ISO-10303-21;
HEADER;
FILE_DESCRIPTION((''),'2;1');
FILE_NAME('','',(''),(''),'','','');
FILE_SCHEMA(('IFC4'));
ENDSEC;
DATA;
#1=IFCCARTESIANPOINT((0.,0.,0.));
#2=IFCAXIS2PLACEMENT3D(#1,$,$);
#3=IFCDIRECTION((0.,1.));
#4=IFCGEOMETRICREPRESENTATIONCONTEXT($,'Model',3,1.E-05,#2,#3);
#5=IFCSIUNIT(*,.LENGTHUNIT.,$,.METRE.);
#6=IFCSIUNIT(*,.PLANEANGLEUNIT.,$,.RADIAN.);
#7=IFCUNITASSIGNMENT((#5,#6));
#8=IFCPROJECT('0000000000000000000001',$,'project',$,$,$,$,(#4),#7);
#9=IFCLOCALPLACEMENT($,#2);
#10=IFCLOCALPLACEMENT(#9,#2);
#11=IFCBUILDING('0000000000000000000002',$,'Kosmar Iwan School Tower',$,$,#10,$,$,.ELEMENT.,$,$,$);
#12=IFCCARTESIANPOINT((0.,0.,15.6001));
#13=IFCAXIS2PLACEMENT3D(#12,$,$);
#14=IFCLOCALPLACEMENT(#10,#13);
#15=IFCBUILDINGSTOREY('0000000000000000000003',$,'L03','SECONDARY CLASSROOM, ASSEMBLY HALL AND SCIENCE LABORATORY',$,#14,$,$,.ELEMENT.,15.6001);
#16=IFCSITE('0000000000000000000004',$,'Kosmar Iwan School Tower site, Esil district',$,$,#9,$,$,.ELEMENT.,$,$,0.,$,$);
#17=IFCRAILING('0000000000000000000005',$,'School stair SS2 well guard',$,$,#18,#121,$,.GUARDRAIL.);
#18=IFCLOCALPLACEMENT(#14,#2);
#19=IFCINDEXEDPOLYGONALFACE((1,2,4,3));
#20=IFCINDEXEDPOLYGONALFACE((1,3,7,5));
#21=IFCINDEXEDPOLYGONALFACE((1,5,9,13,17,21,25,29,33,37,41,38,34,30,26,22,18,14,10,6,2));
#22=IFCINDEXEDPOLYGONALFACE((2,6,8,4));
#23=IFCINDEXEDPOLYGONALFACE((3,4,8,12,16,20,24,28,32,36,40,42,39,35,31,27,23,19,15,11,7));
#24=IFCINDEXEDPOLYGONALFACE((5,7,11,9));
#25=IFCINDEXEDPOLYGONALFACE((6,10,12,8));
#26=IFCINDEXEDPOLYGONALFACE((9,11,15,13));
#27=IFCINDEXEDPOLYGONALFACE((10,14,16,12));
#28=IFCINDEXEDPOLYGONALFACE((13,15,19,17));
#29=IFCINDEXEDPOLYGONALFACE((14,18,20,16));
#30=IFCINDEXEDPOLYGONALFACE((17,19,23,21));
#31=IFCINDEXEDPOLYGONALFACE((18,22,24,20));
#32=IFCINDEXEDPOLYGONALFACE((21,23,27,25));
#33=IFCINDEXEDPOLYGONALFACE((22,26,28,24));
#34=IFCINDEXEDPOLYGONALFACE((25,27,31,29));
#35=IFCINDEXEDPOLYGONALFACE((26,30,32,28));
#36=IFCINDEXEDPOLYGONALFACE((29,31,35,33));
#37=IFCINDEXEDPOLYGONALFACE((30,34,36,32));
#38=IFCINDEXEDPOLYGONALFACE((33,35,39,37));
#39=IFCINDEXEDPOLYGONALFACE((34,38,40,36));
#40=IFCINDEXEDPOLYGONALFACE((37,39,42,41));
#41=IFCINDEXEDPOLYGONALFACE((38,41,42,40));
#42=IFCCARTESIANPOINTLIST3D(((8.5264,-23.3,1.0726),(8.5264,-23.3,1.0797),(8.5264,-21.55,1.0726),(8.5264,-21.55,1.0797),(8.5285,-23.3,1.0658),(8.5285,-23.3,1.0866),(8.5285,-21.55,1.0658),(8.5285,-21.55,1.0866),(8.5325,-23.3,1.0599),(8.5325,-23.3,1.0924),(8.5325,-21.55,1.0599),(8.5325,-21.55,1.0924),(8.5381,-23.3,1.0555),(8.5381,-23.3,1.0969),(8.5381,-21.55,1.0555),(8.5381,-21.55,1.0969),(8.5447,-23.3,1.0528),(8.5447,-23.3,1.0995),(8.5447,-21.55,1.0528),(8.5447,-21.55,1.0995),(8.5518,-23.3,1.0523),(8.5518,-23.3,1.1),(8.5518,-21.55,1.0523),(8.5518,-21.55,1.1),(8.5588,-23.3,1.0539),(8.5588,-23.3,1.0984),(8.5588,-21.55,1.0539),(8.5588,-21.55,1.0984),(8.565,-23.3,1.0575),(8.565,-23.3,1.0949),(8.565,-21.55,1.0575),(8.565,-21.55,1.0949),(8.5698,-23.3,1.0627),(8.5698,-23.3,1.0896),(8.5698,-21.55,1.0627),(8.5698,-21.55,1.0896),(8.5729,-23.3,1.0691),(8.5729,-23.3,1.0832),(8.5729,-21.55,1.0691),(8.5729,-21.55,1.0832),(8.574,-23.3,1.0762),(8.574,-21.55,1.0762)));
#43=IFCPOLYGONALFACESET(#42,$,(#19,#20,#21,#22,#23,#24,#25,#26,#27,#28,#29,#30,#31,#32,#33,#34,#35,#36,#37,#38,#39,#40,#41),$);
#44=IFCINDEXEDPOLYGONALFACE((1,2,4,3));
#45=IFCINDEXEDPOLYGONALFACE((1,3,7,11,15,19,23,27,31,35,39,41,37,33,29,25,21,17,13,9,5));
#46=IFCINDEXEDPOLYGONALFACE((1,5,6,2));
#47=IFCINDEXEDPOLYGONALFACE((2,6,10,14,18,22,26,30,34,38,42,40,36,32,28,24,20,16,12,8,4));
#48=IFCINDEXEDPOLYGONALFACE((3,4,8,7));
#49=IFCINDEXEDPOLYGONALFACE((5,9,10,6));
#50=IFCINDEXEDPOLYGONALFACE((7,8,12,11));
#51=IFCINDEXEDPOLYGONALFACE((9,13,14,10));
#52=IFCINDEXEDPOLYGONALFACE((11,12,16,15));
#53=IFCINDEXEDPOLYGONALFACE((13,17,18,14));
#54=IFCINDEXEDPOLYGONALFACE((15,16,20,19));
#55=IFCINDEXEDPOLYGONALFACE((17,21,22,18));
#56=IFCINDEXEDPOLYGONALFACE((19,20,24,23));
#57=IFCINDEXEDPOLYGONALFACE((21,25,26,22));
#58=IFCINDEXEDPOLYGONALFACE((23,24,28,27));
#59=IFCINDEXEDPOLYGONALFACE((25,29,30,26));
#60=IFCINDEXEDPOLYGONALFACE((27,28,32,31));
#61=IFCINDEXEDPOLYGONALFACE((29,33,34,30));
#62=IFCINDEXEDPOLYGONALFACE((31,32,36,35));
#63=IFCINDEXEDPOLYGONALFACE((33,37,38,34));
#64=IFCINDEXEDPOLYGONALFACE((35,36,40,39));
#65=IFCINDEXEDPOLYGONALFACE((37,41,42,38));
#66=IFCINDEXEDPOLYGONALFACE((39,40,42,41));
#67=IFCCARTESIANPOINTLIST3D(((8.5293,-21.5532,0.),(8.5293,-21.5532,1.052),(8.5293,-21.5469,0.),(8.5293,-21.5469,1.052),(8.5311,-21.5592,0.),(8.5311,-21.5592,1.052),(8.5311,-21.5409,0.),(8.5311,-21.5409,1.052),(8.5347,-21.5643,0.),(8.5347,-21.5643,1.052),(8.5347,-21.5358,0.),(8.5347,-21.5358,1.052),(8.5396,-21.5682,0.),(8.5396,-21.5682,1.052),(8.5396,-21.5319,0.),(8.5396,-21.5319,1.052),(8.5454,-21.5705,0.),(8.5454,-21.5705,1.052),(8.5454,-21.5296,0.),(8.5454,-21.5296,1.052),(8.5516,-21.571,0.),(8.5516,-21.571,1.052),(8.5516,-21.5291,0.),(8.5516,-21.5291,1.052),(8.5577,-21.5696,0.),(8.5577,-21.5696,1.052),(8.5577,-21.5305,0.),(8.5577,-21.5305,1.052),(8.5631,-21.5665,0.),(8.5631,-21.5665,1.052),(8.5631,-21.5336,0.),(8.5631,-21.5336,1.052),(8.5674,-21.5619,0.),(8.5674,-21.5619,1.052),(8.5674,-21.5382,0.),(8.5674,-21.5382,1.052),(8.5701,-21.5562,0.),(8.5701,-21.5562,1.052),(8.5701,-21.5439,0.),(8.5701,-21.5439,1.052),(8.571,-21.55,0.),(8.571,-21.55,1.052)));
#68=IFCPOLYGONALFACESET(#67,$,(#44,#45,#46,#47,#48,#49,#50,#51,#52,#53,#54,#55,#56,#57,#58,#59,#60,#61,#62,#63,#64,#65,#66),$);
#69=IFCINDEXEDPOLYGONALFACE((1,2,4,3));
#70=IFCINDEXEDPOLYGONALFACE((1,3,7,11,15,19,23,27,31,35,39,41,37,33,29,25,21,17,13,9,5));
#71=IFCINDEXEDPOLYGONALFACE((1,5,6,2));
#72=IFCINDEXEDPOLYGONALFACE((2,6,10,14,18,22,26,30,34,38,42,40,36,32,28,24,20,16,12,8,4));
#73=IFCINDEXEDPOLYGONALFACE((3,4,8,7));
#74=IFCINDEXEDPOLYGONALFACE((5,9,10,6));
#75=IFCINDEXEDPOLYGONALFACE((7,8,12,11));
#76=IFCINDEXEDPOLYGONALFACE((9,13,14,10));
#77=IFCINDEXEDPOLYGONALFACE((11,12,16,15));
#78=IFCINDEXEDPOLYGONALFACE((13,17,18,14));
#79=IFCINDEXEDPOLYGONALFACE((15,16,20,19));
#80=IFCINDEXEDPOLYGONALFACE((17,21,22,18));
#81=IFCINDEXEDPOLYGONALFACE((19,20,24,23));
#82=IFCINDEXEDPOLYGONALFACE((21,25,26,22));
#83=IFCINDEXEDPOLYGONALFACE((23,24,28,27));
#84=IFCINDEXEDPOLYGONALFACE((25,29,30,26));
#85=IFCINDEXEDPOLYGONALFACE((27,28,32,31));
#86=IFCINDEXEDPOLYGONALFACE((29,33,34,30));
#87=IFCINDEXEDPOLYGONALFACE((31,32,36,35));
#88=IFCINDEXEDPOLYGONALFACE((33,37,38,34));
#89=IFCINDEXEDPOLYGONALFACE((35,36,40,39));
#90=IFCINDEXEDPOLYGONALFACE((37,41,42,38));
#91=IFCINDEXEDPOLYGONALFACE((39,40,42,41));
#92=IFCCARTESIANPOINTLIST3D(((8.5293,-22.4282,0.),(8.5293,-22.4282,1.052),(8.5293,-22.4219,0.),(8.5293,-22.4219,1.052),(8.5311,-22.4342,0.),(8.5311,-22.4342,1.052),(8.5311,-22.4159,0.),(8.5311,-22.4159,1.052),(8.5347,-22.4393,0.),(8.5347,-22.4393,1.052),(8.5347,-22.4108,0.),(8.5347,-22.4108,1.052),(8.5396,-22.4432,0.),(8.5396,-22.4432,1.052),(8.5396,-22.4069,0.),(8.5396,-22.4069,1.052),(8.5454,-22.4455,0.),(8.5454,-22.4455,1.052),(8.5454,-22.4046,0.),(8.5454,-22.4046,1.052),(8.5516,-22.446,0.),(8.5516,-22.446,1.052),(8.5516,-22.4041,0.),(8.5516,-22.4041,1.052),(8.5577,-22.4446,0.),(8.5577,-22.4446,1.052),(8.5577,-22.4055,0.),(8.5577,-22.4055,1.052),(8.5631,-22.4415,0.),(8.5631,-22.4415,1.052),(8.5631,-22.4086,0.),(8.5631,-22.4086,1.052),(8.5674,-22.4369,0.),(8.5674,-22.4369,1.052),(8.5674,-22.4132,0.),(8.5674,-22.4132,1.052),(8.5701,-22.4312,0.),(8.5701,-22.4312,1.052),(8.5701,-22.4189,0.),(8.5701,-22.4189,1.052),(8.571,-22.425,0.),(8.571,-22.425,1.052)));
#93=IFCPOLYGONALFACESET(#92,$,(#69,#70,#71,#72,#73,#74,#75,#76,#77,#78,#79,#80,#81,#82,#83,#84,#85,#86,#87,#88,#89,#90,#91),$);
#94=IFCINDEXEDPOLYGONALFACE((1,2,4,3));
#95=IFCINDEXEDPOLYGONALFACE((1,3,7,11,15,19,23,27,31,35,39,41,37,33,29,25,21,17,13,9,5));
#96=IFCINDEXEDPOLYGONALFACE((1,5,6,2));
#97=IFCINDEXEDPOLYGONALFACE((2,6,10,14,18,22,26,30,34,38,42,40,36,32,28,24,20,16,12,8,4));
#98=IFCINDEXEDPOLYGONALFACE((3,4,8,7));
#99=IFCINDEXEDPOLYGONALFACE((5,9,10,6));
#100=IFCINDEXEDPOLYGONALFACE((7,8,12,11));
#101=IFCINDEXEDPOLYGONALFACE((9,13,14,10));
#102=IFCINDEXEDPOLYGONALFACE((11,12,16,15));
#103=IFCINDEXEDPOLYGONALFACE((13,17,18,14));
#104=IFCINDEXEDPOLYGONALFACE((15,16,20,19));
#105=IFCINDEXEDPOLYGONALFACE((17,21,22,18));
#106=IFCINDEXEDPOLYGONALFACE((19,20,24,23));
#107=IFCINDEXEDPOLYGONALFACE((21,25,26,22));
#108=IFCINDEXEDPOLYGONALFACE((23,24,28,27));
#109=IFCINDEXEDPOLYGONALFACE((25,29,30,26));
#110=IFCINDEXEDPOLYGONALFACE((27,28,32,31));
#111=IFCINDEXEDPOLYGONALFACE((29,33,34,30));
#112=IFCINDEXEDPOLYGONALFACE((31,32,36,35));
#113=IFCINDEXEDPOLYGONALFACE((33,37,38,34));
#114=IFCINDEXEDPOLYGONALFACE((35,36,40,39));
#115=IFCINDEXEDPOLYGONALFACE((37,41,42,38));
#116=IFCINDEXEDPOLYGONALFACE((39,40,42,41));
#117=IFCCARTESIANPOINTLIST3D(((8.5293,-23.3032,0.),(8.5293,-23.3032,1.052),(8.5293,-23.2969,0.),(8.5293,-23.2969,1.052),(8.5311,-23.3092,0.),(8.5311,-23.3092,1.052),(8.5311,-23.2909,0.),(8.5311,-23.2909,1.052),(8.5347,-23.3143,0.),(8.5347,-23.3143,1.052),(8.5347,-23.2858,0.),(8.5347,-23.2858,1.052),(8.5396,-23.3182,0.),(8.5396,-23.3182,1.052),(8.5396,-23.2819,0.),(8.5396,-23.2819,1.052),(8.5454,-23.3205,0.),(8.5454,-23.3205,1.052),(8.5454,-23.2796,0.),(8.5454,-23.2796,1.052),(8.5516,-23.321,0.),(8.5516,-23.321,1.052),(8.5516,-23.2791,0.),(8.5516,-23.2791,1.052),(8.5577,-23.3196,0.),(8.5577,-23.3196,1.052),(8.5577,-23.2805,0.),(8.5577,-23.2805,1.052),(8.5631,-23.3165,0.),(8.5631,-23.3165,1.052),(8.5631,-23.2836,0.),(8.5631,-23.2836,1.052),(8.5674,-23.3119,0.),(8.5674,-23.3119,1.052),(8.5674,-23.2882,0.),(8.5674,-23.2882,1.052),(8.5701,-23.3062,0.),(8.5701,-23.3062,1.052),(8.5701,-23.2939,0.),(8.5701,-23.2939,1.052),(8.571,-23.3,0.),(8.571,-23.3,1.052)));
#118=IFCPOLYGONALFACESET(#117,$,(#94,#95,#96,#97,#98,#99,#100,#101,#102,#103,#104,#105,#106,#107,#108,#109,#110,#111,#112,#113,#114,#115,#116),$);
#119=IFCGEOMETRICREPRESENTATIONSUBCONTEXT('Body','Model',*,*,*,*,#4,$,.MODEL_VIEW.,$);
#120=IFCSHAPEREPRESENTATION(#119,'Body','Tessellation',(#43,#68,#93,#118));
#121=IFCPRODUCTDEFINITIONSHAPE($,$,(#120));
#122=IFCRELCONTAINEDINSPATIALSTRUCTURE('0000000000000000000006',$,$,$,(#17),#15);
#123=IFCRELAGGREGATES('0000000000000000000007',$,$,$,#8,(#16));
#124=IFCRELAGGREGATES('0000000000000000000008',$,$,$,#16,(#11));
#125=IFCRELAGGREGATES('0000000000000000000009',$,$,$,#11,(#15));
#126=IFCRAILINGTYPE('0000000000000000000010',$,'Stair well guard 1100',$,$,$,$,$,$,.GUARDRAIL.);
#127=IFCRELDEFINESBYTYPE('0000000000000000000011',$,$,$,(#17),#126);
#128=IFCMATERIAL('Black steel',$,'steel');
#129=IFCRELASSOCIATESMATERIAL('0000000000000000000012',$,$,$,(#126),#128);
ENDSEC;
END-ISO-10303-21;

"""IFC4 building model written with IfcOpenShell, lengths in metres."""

from ifc_helpers import new_model, si_unit, direction, frame, origin, origin_2d, place, context, subcontext, project, spatial, circle, extrude, material, type_object, element, save


model = new_model("IFC4")

# Units and contexts
model_context = context("Model", 3, precision=1e-05, world=origin(), true_north=direction((0.0, 1.0)))
body_context = subcontext(model_context, "Body", "Model", "MODEL_VIEW")
ifc_project = project(units=[si_unit("LENGTHUNIT", "METRE"), si_unit("PLANEANGLEUNIT", "RADIAN")], contexts=[model_context])

# Site, building, storey
site_placement = place(None, origin())
site = spatial("IfcSite", under=ifc_project, at=site_placement, Name="Kosmar Iwan School Tower site, Esil district", CompositionType="ELEMENT", RefElevation=0.0)
building_placement = place(site_placement, origin())
building = spatial("IfcBuilding", under=site, at=building_placement, Name="Kosmar Iwan School Tower", CompositionType="ELEMENT")
storey_placement = place(building_placement, frame((0.0, 0.0, 15.6001)))
storey = spatial("IfcBuildingStorey", under=building, at=storey_placement, Name="L03", Description="SECONDARY CLASSROOM, ASSEMBLY HALL AND SCIENCE LABORATORY", CompositionType="ELEMENT", Elevation=15.6001)

# Railing
ifc_material_1 = material(Name="Black steel", Category="steel")
railing_type = type_object("IfcRailingType", Name="Stair well guard 1100", PredefinedType="GUARDRAIL", material=ifc_material_1)
railing_placement = place(storey_placement, frame((8.55, -21.55, 0.0)))
element("IfcRailing", 1, at=railing_placement, inside=storey, type_object=railing_type, Name="School stair SS2 well guard", PredefinedType="GUARDRAIL", context=body_context, shape_type="SweptSolid", body=[
    extrude(circle(Radius=0.0239, at=origin_2d()), frame((0.0, 0.0, 1.0762), z_axis=(0.0, -1.0, 0.0), x_axis=(1.0, 0.0, 0.0)), (0.0, 0.0, 1.0), 1.75),
    extrude(circle(Radius=0.021, at=origin_2d()), origin(), (0.0, 0.0, 1.0), 1.052),
    extrude(circle(Radius=0.021, at=origin_2d()), frame((0.0, -0.875, 0.0)), (0.0, 0.0, 1.0), 1.052),
    extrude(circle(Radius=0.021, at=origin_2d()), frame((0.0, -1.75, 0.0)), (0.0, 0.0, 1.0), 1.052),
])

save(model, "model.ifc")
